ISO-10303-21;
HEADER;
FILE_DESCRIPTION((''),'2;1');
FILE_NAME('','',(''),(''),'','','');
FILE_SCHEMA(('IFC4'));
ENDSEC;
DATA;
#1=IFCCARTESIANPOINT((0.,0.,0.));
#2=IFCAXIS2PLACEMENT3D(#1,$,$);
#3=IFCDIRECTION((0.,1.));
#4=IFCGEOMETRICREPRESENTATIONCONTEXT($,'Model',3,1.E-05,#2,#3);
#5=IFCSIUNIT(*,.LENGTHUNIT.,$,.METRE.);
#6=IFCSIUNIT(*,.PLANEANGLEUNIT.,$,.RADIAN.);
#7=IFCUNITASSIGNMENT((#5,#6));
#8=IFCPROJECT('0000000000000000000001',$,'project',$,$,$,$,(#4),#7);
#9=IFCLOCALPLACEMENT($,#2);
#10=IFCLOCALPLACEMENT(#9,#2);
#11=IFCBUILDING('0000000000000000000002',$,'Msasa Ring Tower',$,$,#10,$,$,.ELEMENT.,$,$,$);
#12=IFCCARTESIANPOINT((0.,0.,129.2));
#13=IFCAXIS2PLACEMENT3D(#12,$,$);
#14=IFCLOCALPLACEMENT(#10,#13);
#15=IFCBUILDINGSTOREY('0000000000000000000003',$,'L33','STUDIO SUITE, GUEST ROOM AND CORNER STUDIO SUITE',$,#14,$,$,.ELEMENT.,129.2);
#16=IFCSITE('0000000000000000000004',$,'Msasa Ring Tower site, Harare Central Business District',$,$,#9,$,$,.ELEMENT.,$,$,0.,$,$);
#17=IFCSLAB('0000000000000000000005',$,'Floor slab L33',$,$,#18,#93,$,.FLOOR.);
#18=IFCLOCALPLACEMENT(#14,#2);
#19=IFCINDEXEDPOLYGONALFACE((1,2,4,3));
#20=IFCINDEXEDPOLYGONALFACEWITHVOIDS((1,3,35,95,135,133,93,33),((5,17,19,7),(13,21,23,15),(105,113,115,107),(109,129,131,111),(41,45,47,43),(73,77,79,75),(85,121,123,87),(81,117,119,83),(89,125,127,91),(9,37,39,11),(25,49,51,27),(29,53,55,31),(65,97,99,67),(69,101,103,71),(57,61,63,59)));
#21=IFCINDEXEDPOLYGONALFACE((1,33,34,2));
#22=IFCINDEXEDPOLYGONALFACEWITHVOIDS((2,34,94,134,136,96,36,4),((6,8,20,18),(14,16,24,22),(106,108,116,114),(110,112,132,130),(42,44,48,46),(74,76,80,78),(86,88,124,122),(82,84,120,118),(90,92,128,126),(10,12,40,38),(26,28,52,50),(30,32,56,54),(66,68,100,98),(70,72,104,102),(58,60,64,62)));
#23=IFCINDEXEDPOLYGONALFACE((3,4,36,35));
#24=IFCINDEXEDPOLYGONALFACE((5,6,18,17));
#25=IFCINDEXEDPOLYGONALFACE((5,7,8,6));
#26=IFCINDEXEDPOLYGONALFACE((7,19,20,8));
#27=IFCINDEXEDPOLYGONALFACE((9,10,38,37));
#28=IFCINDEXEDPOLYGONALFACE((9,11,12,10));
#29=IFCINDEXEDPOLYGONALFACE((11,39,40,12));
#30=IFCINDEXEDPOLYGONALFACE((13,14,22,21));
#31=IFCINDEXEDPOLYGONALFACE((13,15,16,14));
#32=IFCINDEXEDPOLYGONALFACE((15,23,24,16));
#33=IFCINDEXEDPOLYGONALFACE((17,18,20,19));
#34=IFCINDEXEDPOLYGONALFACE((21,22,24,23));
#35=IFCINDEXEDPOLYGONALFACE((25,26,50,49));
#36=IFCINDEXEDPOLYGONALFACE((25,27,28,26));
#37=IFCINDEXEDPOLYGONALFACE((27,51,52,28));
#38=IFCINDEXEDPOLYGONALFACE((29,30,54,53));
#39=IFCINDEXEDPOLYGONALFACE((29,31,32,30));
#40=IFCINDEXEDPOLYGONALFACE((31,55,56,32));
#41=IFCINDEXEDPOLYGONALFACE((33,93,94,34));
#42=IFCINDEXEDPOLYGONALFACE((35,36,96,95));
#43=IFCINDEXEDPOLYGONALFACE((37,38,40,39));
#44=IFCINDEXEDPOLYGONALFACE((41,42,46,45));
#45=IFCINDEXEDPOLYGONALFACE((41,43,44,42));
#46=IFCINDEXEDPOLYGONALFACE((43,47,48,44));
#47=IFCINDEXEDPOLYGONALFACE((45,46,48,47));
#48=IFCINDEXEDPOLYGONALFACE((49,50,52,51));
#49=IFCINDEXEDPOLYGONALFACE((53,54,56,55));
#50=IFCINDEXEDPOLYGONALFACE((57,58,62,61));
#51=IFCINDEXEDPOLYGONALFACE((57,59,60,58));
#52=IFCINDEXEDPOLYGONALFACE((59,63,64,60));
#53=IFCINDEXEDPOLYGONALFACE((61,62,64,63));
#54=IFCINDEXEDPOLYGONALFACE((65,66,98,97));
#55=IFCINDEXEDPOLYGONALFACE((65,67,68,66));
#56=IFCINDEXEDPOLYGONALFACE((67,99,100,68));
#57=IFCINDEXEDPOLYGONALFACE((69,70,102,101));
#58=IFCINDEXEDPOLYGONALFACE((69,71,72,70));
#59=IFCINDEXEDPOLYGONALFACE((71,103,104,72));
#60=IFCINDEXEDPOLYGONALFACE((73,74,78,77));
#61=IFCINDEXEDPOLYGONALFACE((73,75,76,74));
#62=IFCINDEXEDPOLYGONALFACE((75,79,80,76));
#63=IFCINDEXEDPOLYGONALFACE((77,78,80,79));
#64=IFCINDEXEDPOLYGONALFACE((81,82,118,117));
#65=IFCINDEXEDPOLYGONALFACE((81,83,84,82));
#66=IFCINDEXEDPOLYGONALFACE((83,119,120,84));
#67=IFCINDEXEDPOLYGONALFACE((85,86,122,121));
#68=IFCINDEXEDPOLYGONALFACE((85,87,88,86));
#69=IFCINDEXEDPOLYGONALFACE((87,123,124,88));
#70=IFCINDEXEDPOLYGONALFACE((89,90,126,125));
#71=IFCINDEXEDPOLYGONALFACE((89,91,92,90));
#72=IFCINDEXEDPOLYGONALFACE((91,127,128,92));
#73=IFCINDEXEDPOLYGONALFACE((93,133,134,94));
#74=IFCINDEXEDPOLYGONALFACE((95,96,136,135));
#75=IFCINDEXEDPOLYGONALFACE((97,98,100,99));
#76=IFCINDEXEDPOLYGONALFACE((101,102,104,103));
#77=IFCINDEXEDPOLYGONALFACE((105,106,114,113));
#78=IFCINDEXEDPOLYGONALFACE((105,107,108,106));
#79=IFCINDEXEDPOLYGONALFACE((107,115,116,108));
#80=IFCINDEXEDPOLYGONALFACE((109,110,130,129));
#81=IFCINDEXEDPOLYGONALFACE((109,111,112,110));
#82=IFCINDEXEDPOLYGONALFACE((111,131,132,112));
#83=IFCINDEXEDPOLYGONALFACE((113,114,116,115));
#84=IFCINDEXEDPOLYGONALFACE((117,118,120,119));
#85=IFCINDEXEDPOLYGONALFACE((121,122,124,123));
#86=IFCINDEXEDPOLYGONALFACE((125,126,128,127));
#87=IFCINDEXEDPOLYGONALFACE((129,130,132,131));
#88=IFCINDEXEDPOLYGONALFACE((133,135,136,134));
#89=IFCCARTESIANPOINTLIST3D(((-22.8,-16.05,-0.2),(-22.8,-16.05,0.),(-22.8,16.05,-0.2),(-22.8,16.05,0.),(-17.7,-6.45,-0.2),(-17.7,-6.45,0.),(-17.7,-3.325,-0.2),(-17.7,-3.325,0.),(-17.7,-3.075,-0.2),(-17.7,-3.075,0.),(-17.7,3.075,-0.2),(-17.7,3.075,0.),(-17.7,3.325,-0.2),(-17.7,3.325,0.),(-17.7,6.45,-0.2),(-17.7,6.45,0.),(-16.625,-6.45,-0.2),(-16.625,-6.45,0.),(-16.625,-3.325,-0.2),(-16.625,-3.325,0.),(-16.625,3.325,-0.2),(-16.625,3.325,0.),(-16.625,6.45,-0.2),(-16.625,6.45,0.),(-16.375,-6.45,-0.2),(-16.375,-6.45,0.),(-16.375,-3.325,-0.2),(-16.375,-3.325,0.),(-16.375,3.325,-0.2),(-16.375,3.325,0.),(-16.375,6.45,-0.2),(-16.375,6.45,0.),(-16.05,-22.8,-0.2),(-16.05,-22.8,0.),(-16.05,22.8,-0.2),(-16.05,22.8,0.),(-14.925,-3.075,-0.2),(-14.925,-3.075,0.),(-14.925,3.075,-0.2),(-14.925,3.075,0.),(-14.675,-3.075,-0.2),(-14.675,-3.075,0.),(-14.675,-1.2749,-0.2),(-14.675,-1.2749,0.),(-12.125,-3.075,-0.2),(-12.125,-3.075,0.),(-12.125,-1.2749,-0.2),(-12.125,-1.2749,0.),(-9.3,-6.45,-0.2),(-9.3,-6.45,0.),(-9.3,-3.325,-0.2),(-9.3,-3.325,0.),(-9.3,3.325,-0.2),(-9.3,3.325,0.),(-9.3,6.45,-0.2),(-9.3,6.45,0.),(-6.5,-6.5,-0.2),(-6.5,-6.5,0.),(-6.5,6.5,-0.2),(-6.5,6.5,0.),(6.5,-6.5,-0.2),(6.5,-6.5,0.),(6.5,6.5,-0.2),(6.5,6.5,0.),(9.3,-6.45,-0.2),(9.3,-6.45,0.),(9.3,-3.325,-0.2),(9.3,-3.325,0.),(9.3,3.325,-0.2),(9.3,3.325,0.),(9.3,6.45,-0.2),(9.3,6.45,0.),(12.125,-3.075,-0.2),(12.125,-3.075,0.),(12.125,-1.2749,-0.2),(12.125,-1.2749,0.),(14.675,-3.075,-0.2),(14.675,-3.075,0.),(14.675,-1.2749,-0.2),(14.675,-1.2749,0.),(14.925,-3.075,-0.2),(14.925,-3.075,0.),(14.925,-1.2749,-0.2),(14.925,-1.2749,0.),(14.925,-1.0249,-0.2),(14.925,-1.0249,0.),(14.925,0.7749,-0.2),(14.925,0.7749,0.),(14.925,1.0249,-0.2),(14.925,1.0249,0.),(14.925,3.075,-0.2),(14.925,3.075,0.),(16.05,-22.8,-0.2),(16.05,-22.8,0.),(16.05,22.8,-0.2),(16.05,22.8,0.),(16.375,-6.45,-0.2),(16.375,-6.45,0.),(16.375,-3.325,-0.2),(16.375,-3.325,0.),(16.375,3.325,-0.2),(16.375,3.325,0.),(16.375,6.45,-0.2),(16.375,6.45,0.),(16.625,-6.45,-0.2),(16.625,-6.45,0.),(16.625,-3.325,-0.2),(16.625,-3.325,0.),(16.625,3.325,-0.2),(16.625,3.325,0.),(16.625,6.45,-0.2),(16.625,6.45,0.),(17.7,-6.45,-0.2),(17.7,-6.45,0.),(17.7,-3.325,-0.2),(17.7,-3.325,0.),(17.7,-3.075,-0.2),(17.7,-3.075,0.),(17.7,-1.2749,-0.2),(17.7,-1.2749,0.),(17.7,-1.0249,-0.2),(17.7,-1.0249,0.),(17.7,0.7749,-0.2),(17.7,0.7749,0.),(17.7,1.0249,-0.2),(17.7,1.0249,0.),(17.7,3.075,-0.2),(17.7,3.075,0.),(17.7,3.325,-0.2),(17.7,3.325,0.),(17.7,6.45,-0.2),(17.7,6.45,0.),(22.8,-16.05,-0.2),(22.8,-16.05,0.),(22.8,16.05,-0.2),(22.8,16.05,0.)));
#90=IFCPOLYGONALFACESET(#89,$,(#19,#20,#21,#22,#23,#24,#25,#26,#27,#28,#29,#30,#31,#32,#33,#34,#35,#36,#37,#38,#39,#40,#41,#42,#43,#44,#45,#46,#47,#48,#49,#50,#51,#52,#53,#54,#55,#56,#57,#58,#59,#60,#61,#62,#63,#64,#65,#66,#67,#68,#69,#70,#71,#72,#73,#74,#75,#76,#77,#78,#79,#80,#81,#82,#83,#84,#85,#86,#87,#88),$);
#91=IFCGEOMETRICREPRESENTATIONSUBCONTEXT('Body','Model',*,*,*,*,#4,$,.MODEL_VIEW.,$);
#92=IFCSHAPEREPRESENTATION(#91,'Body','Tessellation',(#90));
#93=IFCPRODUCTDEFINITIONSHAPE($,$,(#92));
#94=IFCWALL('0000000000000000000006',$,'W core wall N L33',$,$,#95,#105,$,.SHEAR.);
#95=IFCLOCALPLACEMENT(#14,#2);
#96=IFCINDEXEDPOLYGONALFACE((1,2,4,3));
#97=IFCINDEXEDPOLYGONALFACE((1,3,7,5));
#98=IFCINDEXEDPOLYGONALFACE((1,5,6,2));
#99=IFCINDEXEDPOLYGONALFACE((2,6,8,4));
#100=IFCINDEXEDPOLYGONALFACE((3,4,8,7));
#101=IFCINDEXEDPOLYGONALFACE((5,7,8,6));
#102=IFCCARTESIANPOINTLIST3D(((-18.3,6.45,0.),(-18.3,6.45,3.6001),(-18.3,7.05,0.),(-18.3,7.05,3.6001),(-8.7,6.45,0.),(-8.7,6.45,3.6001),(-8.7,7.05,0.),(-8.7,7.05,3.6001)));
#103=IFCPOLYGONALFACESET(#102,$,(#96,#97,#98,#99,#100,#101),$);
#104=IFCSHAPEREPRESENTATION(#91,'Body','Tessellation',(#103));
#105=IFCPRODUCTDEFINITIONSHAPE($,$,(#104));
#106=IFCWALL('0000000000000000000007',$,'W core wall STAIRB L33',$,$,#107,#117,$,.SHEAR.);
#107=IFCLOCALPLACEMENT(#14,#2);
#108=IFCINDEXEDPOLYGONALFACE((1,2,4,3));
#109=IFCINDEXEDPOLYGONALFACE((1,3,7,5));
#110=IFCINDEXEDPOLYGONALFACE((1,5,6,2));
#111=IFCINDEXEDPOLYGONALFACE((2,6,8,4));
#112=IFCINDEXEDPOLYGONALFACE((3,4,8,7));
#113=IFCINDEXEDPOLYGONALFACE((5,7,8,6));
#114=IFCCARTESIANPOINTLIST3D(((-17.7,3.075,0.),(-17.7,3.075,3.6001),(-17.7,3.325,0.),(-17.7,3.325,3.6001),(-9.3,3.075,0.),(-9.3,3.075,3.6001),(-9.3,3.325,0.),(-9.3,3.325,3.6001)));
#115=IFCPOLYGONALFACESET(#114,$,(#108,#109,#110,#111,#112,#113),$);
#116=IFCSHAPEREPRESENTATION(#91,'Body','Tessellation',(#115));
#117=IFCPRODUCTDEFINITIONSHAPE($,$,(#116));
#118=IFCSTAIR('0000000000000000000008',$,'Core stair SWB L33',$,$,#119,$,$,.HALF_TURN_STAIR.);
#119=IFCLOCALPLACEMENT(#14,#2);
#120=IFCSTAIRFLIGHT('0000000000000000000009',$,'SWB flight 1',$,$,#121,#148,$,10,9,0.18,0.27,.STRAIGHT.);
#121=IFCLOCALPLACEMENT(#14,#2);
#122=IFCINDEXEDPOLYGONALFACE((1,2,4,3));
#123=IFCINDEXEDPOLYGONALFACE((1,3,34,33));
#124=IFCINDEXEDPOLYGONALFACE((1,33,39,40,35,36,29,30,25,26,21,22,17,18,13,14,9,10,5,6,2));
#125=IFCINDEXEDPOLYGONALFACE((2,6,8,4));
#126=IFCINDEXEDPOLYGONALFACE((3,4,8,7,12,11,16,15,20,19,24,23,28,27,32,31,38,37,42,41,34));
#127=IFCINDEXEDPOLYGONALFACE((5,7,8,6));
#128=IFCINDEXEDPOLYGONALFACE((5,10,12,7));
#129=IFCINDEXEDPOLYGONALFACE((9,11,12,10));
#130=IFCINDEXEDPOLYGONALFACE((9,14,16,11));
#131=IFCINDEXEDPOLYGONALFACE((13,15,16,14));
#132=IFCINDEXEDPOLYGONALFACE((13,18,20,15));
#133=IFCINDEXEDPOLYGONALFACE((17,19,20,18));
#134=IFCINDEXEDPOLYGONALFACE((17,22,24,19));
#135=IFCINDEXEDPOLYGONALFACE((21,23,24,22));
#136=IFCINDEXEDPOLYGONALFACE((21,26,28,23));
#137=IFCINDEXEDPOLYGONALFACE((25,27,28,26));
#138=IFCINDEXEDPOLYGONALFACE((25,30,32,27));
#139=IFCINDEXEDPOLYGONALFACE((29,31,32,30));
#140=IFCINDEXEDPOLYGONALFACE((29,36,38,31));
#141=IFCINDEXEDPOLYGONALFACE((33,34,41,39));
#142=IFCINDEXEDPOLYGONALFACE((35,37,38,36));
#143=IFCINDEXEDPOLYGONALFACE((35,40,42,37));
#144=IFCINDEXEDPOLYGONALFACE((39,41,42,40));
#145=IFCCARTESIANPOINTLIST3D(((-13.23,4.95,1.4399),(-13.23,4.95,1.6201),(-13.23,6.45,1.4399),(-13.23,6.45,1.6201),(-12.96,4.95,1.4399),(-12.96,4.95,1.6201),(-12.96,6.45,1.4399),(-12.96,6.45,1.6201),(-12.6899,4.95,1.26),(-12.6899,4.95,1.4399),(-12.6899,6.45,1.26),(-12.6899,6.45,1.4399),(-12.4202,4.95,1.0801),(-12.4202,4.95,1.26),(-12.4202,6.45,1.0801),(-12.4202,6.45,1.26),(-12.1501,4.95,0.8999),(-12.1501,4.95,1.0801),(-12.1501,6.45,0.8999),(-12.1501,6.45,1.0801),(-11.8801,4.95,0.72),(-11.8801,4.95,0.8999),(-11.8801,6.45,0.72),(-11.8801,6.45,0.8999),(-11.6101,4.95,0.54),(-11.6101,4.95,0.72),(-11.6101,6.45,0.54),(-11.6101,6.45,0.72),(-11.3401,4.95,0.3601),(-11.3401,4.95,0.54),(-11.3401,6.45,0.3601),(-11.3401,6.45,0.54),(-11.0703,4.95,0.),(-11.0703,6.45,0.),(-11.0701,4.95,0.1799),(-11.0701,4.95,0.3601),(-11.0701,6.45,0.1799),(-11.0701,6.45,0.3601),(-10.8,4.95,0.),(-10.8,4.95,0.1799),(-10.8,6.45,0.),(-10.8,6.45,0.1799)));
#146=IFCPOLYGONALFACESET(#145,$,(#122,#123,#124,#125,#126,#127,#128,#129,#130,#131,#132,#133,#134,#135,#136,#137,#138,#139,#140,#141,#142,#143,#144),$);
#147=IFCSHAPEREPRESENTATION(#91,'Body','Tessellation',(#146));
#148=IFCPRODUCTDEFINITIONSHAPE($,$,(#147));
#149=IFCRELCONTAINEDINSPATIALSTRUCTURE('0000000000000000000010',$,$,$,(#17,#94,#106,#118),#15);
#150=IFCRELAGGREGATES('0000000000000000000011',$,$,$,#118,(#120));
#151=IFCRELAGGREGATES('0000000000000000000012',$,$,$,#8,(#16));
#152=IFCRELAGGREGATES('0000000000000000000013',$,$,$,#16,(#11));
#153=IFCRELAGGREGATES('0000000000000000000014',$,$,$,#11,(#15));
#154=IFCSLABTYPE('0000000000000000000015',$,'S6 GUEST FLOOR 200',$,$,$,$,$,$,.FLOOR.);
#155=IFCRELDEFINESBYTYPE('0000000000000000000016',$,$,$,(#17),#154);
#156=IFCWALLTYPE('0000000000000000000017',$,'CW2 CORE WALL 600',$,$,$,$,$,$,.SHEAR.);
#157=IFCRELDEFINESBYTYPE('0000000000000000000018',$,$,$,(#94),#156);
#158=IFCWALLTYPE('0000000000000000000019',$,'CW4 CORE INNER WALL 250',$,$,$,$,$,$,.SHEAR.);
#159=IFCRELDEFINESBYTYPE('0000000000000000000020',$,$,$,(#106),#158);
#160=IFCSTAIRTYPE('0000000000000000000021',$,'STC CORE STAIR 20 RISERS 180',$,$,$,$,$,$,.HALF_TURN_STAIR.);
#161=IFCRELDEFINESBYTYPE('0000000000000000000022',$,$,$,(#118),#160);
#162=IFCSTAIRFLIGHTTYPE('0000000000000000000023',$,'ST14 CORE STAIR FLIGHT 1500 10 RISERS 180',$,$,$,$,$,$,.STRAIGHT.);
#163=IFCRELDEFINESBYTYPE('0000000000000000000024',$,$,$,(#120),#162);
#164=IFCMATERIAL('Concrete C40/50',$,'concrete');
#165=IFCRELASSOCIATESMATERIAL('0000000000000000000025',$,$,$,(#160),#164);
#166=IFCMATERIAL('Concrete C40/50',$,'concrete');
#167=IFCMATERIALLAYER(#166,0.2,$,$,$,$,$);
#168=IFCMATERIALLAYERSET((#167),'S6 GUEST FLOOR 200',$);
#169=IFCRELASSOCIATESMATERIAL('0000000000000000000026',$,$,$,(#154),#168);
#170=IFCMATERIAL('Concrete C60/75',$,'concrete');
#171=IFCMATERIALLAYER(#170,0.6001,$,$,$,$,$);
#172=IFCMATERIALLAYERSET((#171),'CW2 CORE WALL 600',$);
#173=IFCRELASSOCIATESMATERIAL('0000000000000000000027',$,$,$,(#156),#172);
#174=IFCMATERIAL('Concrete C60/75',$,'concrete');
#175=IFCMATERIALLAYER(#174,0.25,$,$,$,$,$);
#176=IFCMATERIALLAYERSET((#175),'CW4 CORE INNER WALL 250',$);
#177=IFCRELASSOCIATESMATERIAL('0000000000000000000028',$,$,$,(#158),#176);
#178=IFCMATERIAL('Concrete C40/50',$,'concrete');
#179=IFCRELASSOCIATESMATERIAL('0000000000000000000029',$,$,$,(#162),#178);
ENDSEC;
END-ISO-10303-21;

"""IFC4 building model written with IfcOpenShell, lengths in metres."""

from ifc_helpers import new_model, si_unit, direction, frame, frame_2d, origin, place, context, subcontext, project, spatial, polyline, rectangle, outline, extrude, material, layer, layer_set, type_object, element, aggregate, save


model = new_model("IFC4")

# Units and contexts
model_context = context("Model", 3, precision=1e-05, world=origin(), true_north=direction((0.0, 1.0)))
body_context = subcontext(model_context, "Body", "Model", "MODEL_VIEW")
ifc_project = project(units=[si_unit("LENGTHUNIT", "METRE"), si_unit("PLANEANGLEUNIT", "RADIAN")], contexts=[model_context])

# Site, building, storey
site_placement = place(None, origin())
site = spatial("IfcSite", under=ifc_project, at=site_placement, Name="Msasa Ring Tower site, Harare Central Business District", CompositionType="ELEMENT", RefElevation=0.0)
building_placement = place(site_placement, origin())
building = spatial("IfcBuilding", under=site, at=building_placement, Name="Msasa Ring Tower", CompositionType="ELEMENT")
storey_placement = place(building_placement, frame((0.0, 0.0, 129.2)))
storey = spatial("IfcBuildingStorey", under=building, at=storey_placement, Name="L33", Description="STUDIO SUITE, GUEST ROOM AND CORNER STUDIO SUITE", CompositionType="ELEMENT", Elevation=129.2)

# Shared definitions
ifc_material_1 = material(Name="Concrete C40/50", Category="concrete")
stair_type = type_object("IfcStairType", Name="STC CORE STAIR 20 RISERS 180", PredefinedType="HALF_TURN_STAIR", material=ifc_material_1)

# Slab
ifc_material_2 = material(Name="Concrete C40/50", Category="concrete")
ifc_layer_1 = layer(ifc_material_2, 0.2)
ifc_layer_set_1 = layer_set([ifc_layer_1], Name="S6 GUEST FLOOR 200")
slab_type_1 = type_object("IfcSlabType", Name="S6 GUEST FLOOR 200", PredefinedType="FLOOR", material=ifc_layer_set_1)
slab_1_placement = place(storey_placement, frame((0.0, 0.0, -0.2)))
element("IfcSlab", 1, at=slab_1_placement, inside=storey, type_object=slab_type_1, Name="Floor slab L33", PredefinedType="FLOOR", context=body_context, shape_type="SweptSolid", body=[
    extrude(outline(polyline([(-16.05, -22.8), (16.05, -22.8), (22.8, -16.05), (22.8, 16.05), (16.05, 22.8), (-16.05, 22.8), (-22.8, 16.05), (-22.8, -16.05), (-16.05, -22.8)]), holes=[polyline([(-6.5, -6.5), (6.5, -6.5), (6.5, 6.5), (-6.5, 6.5), (-6.5, -6.5)]), polyline([(9.3, -6.45), (16.375, -6.45), (16.375, -3.325), (9.3, -3.325), (9.3, -6.45)]), polyline([(9.3, 3.325), (16.375, 3.325), (16.375, 6.45), (9.3, 6.45), (9.3, 3.325)]), polyline([(12.125, -3.075), (14.675, -3.075), (14.675, -1.2749), (12.125, -1.2749), (12.125, -3.075)]), polyline([(16.625, -6.45), (17.7, -6.45), (17.7, -3.325), (16.625, -3.325), (16.625, -6.45)]), polyline([(16.625, 3.325), (17.7, 3.325), (17.7, 6.45), (16.625, 6.45), (16.625, 3.325)]), polyline([(14.925, -3.075), (17.7, -3.075), (17.7, -1.2749), (14.925, -1.2749), (14.925, -3.075)]), polyline([(14.925, -1.0249), (17.7, -1.0249), (17.7, 0.7749), (14.925, 0.7749), (14.925, -1.0249)]), polyline([(14.925, 1.0249), (17.7, 1.0249), (17.7, 3.075), (14.925, 3.075), (14.925, 1.0249)]), polyline([(-16.375, -6.45), (-9.3, -6.45), (-9.3, -3.325), (-16.375, -3.325), (-16.375, -6.45)]), polyline([(-16.375, 3.325), (-9.3, 3.325), (-9.3, 6.45), (-16.375, 6.45), (-16.375, 3.325)]), polyline([(-14.675, -3.075), (-12.125, -3.075), (-12.125, -1.2749), (-14.675, -1.2749), (-14.675, -3.075)]), polyline([(-17.7, -6.45), (-16.625, -6.45), (-16.625, -3.325), (-17.7, -3.325), (-17.7, -6.45)]), polyline([(-17.7, 3.325), (-16.625, 3.325), (-16.625, 6.45), (-17.7, 6.45), (-17.7, 3.325)]), polyline([(-17.7, -3.075), (-14.925, -3.075), (-14.925, 3.075), (-17.7, 3.075), (-17.7, -3.075)])]), origin(), (0.0, 0.0, 1.0), 0.2),
])

# Walls
ifc_material_3 = material(Name="Concrete C60/75", Category="concrete")
ifc_layer_2 = layer(ifc_material_3, 0.6001)
ifc_layer_set_2 = layer_set([ifc_layer_2], Name="CW2 CORE WALL 600")
wall_type_1 = type_object("IfcWallType", Name="CW2 CORE WALL 600", PredefinedType="SHEAR", material=ifc_layer_set_2)
wall_1_placement = place(storey_placement, frame((-8.7, 6.75, 0.0), z_axis=(0.0, 0.0, 1.0), x_axis=(-1.0, 0.0, 0.0)))
element("IfcWall", 2, at=wall_1_placement, inside=storey, type_object=wall_type_1, Name="W core wall N L33", PredefinedType="SHEAR", context=body_context, shape_type="SweptSolid", body=[
    extrude(rectangle(XDim=9.6001, YDim=0.6001, at=frame_2d((4.8, 0.0))), origin(), (0.0, 0.0, 1.0), 3.6001),
])
ifc_material_4 = material(Name="Concrete C60/75", Category="concrete")
ifc_layer_3 = layer(ifc_material_4, 0.25)
ifc_layer_set_3 = layer_set([ifc_layer_3], Name="CW4 CORE INNER WALL 250")
wall_type_2 = type_object("IfcWallType", Name="CW4 CORE INNER WALL 250", PredefinedType="SHEAR", material=ifc_layer_set_3)
wall_2_placement = place(storey_placement, frame((-9.3, 3.2, 0.0), z_axis=(0.0, 0.0, 1.0), x_axis=(-1.0, 0.0, 0.0)))
element("IfcWall", 3, at=wall_2_placement, inside=storey, type_object=wall_type_2, Name="W core wall STAIRB L33", PredefinedType="SHEAR", context=body_context, shape_type="SweptSolid", body=[
    extrude(rectangle(XDim=8.3999, YDim=0.25, at=frame_2d((4.2, 0.0))), origin(), (0.0, 0.0, 1.0), 3.6001),
])

# Stair, stair flight
stair_1_placement = place(storey_placement, origin())
stair_1 = element("IfcStair", 4, at=stair_1_placement, inside=storey, type_object=stair_type, Name="Core stair SWB L33", PredefinedType="HALF_TURN_STAIR")
ifc_material_5 = material(Name="Concrete C40/50", Category="concrete")
stair_flight_type = type_object("IfcStairFlightType", Name="ST14 CORE STAIR FLIGHT 1500 10 RISERS 180", PredefinedType="STRAIGHT", material=ifc_material_5)
stair_flight_placement = place(storey_placement, frame((-10.8, 5.7, 0.0), z_axis=(0.0, 0.0, 1.0), x_axis=(-1.0, 0.0, 0.0)))
stair_flight = element("IfcStairFlight", 5, at=stair_flight_placement, type_object=stair_flight_type, Name="SWB flight 1", NumberOfRisers=10, NumberOfTreads=9, PredefinedType="STRAIGHT", RiserHeight=0.18, TreadLength=0.27, context=body_context, shape_type="SweptSolid", body=[
    extrude(outline(polyline([(0.0, 0.0), (0.0, 0.1799), (0.27, 0.1799), (0.27, 0.3601), (0.54, 0.3601), (0.54, 0.54), (0.8101, 0.54), (0.8101, 0.72), (1.0801, 0.72), (1.0801, 0.8999), (1.3501, 0.8999), (1.3501, 1.0801), (1.6201, 1.0801), (1.6201, 1.26), (1.8899, 1.26), (1.8899, 1.4399), (2.1599, 1.4399), (2.1599, 1.6201), (2.4299, 1.6201), (2.4299, 1.8), (2.4299, 1.4399), (0.2703, 0.0), (0.0, 0.0)])), frame((0.0, 0.75, 0.0), z_axis=(0.0, -1.0, 0.0), x_axis=(1.0, 0.0, 0.0)), (0.0, 0.0, 1.0), 1.5),
])
aggregate(stair_1, [stair_flight])

save(model, "model.ifc")
